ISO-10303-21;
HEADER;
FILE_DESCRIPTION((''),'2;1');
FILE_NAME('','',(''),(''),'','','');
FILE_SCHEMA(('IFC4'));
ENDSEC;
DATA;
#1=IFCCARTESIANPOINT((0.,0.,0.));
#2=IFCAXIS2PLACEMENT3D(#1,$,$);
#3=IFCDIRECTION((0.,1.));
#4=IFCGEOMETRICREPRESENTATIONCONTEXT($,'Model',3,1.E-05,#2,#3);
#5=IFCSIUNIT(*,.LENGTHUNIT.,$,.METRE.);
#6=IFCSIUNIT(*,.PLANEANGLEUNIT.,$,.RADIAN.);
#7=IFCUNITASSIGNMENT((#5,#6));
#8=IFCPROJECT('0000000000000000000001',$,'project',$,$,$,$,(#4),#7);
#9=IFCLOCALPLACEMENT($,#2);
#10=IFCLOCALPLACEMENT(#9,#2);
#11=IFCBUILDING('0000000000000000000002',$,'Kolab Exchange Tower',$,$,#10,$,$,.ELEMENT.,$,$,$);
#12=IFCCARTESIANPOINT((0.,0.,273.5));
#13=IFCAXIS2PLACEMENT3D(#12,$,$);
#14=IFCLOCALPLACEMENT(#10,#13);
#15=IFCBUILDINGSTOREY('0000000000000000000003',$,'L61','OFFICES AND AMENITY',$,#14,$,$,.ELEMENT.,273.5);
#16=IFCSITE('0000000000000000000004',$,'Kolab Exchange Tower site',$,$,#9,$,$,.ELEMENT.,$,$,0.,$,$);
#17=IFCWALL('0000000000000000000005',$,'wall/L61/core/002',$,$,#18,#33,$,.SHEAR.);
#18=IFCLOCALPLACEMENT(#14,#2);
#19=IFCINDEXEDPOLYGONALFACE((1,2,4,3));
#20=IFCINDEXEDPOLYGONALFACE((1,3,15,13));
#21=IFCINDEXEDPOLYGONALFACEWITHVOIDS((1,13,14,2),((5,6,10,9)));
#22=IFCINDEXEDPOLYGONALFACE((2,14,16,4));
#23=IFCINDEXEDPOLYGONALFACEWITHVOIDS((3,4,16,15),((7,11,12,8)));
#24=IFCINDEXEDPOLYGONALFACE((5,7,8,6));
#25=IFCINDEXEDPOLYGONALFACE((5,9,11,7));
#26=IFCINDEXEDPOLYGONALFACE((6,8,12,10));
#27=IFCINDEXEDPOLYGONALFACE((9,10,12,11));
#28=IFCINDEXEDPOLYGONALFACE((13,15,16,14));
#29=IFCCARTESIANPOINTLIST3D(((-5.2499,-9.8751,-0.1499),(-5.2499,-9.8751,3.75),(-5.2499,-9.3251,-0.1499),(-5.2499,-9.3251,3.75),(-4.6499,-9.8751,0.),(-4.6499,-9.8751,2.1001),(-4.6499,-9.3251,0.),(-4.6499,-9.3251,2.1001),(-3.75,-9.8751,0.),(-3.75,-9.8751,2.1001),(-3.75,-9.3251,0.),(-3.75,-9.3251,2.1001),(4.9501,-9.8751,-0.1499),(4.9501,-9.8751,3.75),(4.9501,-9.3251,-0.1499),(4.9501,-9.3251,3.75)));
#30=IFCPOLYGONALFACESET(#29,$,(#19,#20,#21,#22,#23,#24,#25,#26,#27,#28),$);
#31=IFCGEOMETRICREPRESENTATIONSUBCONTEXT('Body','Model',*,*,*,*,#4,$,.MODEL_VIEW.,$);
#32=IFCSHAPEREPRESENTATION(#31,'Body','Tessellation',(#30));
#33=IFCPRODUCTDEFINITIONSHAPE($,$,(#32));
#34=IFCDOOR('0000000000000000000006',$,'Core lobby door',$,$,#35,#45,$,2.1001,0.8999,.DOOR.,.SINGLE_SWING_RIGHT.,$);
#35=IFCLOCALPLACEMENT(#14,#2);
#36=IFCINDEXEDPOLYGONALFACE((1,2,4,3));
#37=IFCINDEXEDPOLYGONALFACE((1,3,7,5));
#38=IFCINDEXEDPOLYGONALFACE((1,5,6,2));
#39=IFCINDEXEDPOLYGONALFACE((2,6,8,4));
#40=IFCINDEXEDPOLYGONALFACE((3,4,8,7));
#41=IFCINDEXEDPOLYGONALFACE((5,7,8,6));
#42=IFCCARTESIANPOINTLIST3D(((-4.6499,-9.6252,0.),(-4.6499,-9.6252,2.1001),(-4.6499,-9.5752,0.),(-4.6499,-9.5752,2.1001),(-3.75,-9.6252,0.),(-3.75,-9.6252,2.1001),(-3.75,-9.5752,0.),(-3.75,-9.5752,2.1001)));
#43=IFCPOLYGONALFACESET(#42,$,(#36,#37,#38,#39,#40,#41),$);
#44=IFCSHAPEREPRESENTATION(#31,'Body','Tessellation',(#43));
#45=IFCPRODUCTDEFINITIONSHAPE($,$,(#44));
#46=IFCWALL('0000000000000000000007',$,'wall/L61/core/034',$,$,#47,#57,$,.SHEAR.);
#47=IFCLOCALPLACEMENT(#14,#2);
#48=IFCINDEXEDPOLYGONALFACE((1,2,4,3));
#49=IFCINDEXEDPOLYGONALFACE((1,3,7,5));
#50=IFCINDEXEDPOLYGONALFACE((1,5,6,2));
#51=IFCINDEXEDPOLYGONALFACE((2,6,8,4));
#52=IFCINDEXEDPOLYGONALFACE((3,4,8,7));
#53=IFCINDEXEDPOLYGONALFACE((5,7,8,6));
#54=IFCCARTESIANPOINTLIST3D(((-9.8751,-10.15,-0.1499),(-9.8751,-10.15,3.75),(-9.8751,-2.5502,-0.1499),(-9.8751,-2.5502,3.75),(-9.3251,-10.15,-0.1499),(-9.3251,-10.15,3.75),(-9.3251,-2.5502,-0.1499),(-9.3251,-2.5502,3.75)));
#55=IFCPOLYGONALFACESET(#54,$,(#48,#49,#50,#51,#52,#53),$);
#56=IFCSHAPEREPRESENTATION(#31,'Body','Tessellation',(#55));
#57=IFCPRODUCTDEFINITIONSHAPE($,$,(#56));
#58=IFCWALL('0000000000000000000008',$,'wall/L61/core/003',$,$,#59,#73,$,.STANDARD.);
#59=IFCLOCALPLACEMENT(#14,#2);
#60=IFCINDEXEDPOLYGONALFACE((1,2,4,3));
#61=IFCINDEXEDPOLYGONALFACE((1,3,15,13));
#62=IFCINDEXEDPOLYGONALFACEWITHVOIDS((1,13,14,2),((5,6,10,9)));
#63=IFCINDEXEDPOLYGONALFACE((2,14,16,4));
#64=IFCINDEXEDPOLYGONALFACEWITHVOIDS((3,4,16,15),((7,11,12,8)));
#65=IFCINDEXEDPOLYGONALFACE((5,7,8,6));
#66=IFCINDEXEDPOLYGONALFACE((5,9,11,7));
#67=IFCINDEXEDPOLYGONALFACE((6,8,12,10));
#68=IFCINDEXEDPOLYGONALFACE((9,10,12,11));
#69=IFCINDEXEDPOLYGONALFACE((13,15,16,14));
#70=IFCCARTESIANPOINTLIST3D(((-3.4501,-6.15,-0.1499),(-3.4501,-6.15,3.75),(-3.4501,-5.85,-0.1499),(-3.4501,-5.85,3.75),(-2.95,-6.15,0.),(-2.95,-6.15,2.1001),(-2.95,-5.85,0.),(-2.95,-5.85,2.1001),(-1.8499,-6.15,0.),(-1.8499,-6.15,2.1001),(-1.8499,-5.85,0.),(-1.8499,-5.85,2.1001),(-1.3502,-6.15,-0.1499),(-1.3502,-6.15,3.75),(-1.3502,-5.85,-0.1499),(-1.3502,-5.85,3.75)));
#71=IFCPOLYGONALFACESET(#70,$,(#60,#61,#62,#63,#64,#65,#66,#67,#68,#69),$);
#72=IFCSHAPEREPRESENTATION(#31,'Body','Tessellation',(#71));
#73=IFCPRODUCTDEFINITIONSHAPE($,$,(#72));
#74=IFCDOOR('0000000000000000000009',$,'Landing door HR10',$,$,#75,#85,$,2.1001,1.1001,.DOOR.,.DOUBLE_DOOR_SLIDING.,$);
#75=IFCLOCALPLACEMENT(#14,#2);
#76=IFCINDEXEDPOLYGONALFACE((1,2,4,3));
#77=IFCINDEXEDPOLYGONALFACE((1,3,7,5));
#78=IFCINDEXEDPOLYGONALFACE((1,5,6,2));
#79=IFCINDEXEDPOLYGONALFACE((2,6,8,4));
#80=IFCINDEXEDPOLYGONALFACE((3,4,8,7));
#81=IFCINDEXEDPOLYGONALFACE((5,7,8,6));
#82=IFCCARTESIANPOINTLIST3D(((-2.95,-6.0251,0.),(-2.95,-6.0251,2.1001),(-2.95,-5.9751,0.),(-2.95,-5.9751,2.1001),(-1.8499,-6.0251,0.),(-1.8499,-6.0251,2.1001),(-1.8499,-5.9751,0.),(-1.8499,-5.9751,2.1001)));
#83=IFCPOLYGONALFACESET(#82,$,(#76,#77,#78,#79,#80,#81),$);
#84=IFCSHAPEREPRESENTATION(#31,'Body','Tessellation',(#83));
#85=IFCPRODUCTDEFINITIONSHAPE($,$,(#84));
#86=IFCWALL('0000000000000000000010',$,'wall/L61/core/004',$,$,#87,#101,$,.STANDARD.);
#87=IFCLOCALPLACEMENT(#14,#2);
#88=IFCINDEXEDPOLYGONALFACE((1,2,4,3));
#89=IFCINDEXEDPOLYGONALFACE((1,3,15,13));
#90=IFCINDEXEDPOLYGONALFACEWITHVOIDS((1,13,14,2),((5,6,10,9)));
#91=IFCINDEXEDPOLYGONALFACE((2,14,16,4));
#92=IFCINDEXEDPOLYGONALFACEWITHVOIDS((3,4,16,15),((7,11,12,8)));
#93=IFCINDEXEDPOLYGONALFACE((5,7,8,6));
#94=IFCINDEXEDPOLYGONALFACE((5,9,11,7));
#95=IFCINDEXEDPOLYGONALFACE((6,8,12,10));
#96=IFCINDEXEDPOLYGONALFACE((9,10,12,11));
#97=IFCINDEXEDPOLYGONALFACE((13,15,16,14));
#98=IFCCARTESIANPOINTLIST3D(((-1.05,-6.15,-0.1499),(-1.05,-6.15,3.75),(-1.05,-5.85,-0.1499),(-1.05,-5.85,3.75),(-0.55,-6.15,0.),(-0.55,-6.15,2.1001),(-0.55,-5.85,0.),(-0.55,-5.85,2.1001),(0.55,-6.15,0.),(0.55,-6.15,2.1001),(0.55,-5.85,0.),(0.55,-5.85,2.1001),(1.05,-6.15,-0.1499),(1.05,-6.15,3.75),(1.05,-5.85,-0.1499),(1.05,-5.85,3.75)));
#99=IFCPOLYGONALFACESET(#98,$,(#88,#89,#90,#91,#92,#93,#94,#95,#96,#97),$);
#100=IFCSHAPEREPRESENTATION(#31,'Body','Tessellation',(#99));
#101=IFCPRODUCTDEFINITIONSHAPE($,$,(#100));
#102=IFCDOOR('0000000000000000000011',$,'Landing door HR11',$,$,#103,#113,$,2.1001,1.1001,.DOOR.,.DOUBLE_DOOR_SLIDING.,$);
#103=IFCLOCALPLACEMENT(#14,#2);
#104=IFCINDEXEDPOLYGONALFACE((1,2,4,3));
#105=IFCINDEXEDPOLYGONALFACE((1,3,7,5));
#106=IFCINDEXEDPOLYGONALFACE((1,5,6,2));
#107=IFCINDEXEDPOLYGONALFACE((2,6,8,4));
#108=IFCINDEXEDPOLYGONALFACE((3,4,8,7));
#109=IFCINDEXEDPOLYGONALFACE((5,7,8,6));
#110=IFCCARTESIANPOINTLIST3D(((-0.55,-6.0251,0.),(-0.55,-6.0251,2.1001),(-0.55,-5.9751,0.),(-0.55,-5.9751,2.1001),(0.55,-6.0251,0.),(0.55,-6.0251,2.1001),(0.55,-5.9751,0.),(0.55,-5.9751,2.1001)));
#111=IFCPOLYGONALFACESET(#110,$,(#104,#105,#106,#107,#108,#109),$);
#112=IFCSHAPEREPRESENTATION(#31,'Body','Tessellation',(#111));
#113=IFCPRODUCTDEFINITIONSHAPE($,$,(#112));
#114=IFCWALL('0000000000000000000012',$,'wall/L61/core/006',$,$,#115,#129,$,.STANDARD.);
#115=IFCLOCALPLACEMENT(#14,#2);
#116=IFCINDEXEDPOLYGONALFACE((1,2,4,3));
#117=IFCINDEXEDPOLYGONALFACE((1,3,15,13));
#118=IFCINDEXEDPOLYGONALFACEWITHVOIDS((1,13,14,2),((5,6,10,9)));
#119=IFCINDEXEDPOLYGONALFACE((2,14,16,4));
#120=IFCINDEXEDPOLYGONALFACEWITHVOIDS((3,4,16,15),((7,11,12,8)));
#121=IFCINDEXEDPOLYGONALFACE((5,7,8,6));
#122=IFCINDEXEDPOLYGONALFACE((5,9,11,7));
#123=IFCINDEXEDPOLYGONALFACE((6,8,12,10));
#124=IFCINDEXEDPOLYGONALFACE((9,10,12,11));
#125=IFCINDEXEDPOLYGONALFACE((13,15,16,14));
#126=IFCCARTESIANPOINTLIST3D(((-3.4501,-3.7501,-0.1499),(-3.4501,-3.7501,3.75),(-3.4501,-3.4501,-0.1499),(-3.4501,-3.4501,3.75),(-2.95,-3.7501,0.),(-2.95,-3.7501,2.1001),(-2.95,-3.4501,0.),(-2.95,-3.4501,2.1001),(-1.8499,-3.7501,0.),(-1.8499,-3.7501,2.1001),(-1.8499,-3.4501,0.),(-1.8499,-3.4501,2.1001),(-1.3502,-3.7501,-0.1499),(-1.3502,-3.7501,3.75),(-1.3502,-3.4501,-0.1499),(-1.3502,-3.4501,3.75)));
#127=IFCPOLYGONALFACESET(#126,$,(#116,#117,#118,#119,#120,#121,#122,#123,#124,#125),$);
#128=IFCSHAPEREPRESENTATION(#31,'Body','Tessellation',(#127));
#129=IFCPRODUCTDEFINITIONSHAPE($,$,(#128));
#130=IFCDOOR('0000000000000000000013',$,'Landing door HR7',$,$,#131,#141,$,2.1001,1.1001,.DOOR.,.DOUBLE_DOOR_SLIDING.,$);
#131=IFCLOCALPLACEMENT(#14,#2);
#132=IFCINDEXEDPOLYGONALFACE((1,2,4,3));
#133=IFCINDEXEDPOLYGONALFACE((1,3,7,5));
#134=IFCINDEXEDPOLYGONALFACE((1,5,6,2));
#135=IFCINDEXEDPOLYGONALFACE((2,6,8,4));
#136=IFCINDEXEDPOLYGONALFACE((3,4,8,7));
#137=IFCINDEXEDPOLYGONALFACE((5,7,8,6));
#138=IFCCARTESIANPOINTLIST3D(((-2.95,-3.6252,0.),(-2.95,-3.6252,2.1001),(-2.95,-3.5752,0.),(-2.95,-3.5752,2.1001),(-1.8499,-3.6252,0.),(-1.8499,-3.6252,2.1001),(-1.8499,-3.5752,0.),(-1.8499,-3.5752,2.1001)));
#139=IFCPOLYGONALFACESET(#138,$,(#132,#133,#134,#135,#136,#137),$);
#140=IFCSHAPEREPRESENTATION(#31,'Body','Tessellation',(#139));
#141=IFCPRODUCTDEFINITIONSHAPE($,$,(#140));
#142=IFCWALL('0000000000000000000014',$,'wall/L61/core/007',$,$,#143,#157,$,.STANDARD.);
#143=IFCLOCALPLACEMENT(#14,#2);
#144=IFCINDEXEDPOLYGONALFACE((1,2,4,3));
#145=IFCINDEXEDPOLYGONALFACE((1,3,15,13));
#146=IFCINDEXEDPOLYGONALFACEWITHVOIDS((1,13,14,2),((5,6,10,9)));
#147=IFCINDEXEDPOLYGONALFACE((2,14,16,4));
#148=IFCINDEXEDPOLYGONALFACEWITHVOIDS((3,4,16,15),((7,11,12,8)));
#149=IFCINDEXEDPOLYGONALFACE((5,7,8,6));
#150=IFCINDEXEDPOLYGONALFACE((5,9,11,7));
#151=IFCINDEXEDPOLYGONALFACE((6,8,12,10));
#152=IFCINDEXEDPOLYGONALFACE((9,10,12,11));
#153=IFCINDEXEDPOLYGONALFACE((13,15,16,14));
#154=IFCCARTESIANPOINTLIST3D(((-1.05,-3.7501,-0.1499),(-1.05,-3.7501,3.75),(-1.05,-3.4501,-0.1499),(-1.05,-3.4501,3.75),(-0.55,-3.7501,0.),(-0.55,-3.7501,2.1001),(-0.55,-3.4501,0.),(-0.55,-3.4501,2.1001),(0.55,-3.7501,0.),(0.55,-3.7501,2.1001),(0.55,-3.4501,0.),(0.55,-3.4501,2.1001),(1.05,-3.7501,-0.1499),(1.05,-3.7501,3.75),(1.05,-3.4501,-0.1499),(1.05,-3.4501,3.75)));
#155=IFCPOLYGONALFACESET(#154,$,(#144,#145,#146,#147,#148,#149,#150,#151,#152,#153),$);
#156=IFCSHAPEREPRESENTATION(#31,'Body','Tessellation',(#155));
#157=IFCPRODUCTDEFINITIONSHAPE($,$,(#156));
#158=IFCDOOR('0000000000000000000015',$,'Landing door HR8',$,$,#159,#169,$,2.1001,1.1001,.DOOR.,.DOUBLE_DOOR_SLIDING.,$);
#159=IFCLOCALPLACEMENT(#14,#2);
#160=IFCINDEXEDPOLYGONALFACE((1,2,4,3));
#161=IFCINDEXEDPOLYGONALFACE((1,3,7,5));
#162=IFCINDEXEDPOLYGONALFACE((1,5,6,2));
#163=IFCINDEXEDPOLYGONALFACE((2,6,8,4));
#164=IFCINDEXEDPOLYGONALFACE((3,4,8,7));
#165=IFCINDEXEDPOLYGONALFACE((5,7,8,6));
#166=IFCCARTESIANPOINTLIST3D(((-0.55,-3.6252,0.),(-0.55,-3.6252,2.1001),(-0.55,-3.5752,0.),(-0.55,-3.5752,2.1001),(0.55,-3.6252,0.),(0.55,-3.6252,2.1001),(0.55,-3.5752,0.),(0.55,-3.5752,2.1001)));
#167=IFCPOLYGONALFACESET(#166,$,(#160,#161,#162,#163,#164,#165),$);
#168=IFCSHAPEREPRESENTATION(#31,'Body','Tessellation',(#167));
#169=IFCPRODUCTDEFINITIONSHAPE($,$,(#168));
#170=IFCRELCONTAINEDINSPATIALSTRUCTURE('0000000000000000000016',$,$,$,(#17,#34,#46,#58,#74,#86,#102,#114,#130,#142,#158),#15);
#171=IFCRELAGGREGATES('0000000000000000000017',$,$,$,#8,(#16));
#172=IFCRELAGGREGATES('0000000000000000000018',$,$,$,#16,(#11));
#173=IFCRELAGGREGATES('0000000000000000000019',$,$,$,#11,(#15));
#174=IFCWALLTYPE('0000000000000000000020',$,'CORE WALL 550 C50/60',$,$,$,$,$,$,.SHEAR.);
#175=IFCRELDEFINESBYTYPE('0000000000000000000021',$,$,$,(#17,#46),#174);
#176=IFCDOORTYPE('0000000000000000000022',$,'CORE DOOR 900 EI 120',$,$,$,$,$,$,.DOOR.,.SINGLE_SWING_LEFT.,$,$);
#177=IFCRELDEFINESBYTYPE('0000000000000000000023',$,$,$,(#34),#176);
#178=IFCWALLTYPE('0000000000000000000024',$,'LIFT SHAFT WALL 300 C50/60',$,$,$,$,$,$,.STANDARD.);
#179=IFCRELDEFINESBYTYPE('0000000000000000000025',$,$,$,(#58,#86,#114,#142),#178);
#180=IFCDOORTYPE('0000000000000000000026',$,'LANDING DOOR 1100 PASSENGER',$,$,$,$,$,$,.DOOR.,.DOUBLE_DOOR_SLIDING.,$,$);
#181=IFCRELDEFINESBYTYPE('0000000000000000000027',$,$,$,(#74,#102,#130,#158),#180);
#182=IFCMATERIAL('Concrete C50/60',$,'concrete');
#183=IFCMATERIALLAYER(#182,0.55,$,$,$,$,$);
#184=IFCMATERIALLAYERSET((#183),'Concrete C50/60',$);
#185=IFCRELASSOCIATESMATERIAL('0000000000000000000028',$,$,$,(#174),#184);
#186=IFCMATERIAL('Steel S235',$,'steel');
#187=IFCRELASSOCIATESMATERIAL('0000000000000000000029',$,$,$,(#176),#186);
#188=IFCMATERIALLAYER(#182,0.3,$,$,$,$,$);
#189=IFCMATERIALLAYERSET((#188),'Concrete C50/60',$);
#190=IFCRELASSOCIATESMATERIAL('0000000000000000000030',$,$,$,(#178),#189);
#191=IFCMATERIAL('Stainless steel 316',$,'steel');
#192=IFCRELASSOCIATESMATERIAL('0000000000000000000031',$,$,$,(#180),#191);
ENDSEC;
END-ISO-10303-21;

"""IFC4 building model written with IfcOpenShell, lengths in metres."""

from ifc_helpers import new_model, si_unit, direction, frame, frame_2d, origin, place, context, subcontext, project, spatial, rectangle, extrude, material, layer, layer_set, type_object, element, fill, save


model = new_model("IFC4")

# Units and contexts
model_context = context("Model", 3, precision=1e-05, world=origin(), true_north=direction((0.0, 1.0)))
body_context = subcontext(model_context, "Body", "Model", "MODEL_VIEW")
ifc_project = project(units=[si_unit("LENGTHUNIT", "METRE"), si_unit("PLANEANGLEUNIT", "RADIAN")], contexts=[model_context])

# Site, building, storey
site_placement = place(None, origin())
site = spatial("IfcSite", under=ifc_project, at=site_placement, Name="Kolab Exchange Tower site", CompositionType="ELEMENT", RefElevation=0.0)
building_placement = place(site_placement, origin())
building = spatial("IfcBuilding", under=site, at=building_placement, Name="Kolab Exchange Tower", CompositionType="ELEMENT")
storey_placement = place(building_placement, frame((0.0, 0.0, 273.5)))
storey = spatial("IfcBuildingStorey", under=building, at=storey_placement, Name="L61", Description="OFFICES AND AMENITY", CompositionType="ELEMENT", Elevation=273.5)

# Wall, opening, door
ifc_material_1 = material(Name="Concrete C50/60", Category="concrete")
ifc_layer_1 = layer(ifc_material_1, 0.55)
ifc_layer_set_1 = layer_set([ifc_layer_1], Name="Concrete C50/60")
wall_type_1 = type_object("IfcWallType", Name="CORE WALL 550 C50/60", PredefinedType="SHEAR", material=ifc_layer_set_1)
wall_1_placement = place(storey_placement, frame((-5.25, -9.6001, -0.1499), z_axis=(0.0, 0.0, 1.0), x_axis=(1.0, 0.0, 0.0)))
wall_1 = element("IfcWall", 1, at=wall_1_placement, inside=storey, type_object=wall_type_1, Name="wall/L61/core/002", PredefinedType="SHEAR", context=body_context, shape_type="SweptSolid", body=[
    extrude(rectangle(XDim=10.2, YDim=0.55, at=frame_2d((5.1001, 0.0))), origin(), (0.0, 0.0, 1.0), 3.8999),
])
opening_1_placement = place(wall_1_placement, frame((0.6001, 0.0, 0.1499)))
opening_1 = element("IfcOpeningElement", 2, at=opening_1_placement, cuts=wall_1, PredefinedType="OPENING", context=body_context, shape_type="SweptSolid", body=[
    extrude(rectangle(XDim=0.8999, YDim=2.1001, at=frame_2d((0.45, 1.05))), frame((0.0, 0.2852, 0.0), z_axis=(0.0, -1.0, 0.0), x_axis=(1.0, 0.0, 0.0)), (0.0, 0.0, 1.0), 0.5701),
])
ifc_material_2 = material(Name="Steel S235", Category="steel")
door_type_1 = type_object("IfcDoorType", Name="CORE DOOR 900 EI 120", OperationType="SINGLE_SWING_LEFT", PredefinedType="DOOR", material=ifc_material_2)
door_1_placement = place(opening_1_placement, origin())
door_1 = element("IfcDoor", 3, at=door_1_placement, inside=storey, type_object=door_type_1, Name="Core lobby door", OperationType="SINGLE_SWING_RIGHT", OverallHeight=2.1001, OverallWidth=0.8999, PredefinedType="DOOR", context=body_context, shape_type="SweptSolid", body=[
    extrude(rectangle(XDim=0.8999, YDim=2.1001, at=frame_2d((0.45, 1.05))), frame((0.0, 0.0249, 0.0), z_axis=(0.0, -1.0, 0.0), x_axis=(1.0, 0.0, 0.0)), (0.0, 0.0, 1.0), 0.05),
])
fill(opening_1, door_1)

# Wall
wall_2_placement = place(storey_placement, frame((-9.6001, -10.1499, -0.1499), z_axis=(0.0, 0.0, 1.0), x_axis=(0.0, 1.0, 0.0)))
element("IfcWall", 4, at=wall_2_placement, inside=storey, type_object=wall_type_1, Name="wall/L61/core/034", PredefinedType="SHEAR", context=body_context, shape_type="SweptSolid", body=[
    extrude(rectangle(XDim=7.5999, YDim=0.55, at=frame_2d((3.7998, 0.0))), origin(), (0.0, 0.0, 1.0), 3.8999),
])

# Walls, openings, doors
ifc_layer_2 = layer(ifc_material_1, 0.3)
ifc_layer_set_2 = layer_set([ifc_layer_2], Name="Concrete C50/60")
wall_type_2 = type_object("IfcWallType", Name="LIFT SHAFT WALL 300 C50/60", PredefinedType="STANDARD", material=ifc_layer_set_2)
wall_3_placement = place(storey_placement, frame((-3.45, -6.0, -0.1499), z_axis=(0.0, 0.0, 1.0), x_axis=(1.0, 0.0, 0.0)))
wall_3 = element("IfcWall", 5, at=wall_3_placement, inside=storey, type_object=wall_type_2, Name="wall/L61/core/003", PredefinedType="STANDARD", context=body_context, shape_type="SweptSolid", body=[
    extrude(rectangle(XDim=2.0999, YDim=0.3, at=frame_2d((1.0498, 0.0))), origin(), (0.0, 0.0, 1.0), 3.8999),
])
opening_2_placement = place(wall_3_placement, frame((0.5, 0.0, 0.1499)))
opening_2 = element("IfcOpeningElement", 6, at=opening_2_placement, cuts=wall_3, PredefinedType="OPENING", context=body_context, shape_type="SweptSolid", body=[
    extrude(rectangle(XDim=1.1001, YDim=2.1001, at=frame_2d((0.55, 1.05))), frame((0.0, 0.1602, 0.0), z_axis=(0.0, -1.0, 0.0), x_axis=(1.0, 0.0, 0.0)), (0.0, 0.0, 1.0), 0.3201),
])
ifc_material_3 = material(Name="Stainless steel 316", Category="steel")
door_type_2 = type_object("IfcDoorType", Name="LANDING DOOR 1100 PASSENGER", OperationType="DOUBLE_DOOR_SLIDING", PredefinedType="DOOR", material=ifc_material_3)
door_2_placement = place(opening_2_placement, origin())
door_2 = element("IfcDoor", 7, at=door_2_placement, inside=storey, type_object=door_type_2, Name="Landing door HR10", OperationType="DOUBLE_DOOR_SLIDING", OverallHeight=2.1001, OverallWidth=1.1001, PredefinedType="DOOR", context=body_context, shape_type="SweptSolid", body=[
    extrude(rectangle(XDim=1.1001, YDim=2.1001, at=frame_2d((0.55, 1.05))), frame((0.0, 0.0249, 0.0), z_axis=(0.0, -1.0, 0.0), x_axis=(1.0, 0.0, 0.0)), (0.0, 0.0, 1.0), 0.05),
])
fill(opening_2, door_2)
wall_4_placement = place(storey_placement, frame((-1.05, -6.0, -0.1499), z_axis=(0.0, 0.0, 1.0), x_axis=(1.0, 0.0, 0.0)))
wall_4 = element("IfcWall", 8, at=wall_4_placement, inside=storey, type_object=wall_type_2, Name="wall/L61/core/004", PredefinedType="STANDARD", context=body_context, shape_type="SweptSolid", body=[
    extrude(rectangle(XDim=2.1001, YDim=0.3, at=frame_2d((1.05, 0.0))), origin(), (0.0, 0.0, 1.0), 3.8999),
])
opening_3_placement = place(wall_4_placement, frame((0.5, 0.0, 0.1499)))
opening_3 = element("IfcOpeningElement", 9, at=opening_3_placement, cuts=wall_4, PredefinedType="OPENING", context=body_context, shape_type="SweptSolid", body=[
    extrude(rectangle(XDim=1.1001, YDim=2.1001, at=frame_2d((0.55, 1.05))), frame((0.0, 0.1602, 0.0), z_axis=(0.0, -1.0, 0.0), x_axis=(1.0, 0.0, 0.0)), (0.0, 0.0, 1.0), 0.3201),
])
door_3_placement = place(opening_3_placement, origin())
door_3 = element("IfcDoor", 10, at=door_3_placement, inside=storey, type_object=door_type_2, Name="Landing door HR11", OperationType="DOUBLE_DOOR_SLIDING", OverallHeight=2.1001, OverallWidth=1.1001, PredefinedType="DOOR", context=body_context, shape_type="SweptSolid", body=[
    extrude(rectangle(XDim=1.1001, YDim=2.1001, at=frame_2d((0.55, 1.05))), frame((0.0, 0.0249, 0.0), z_axis=(0.0, -1.0, 0.0), x_axis=(1.0, 0.0, 0.0)), (0.0, 0.0, 1.0), 0.05),
])
fill(opening_3, door_3)
wall_5_placement = place(storey_placement, frame((-3.45, -3.6001, -0.1499), z_axis=(0.0, 0.0, 1.0), x_axis=(1.0, 0.0, 0.0)))
wall_5 = element("IfcWall", 11, at=wall_5_placement, inside=storey, type_object=wall_type_2, Name="wall/L61/core/006", PredefinedType="STANDARD", context=body_context, shape_type="SweptSolid", body=[
    extrude(rectangle(XDim=2.0999, YDim=0.3, at=frame_2d((1.0498, 0.0))), origin(), (0.0, 0.0, 1.0), 3.8999),
])
opening_4_placement = place(wall_5_placement, frame((0.5, 0.0, 0.1499)))
opening_4 = element("IfcOpeningElement", 12, at=opening_4_placement, cuts=wall_5, PredefinedType="OPENING", context=body_context, shape_type="SweptSolid", body=[
    extrude(rectangle(XDim=1.1001, YDim=2.1001, at=frame_2d((0.55, 1.05))), frame((0.0, 0.1602, 0.0), z_axis=(0.0, -1.0, 0.0), x_axis=(1.0, 0.0, 0.0)), (0.0, 0.0, 1.0), 0.3201),
])
door_4_placement = place(opening_4_placement, origin())
door_4 = element("IfcDoor", 13, at=door_4_placement, inside=storey, type_object=door_type_2, Name="Landing door HR7", OperationType="DOUBLE_DOOR_SLIDING", OverallHeight=2.1001, OverallWidth=1.1001, PredefinedType="DOOR", context=body_context, shape_type="SweptSolid", body=[
    extrude(rectangle(XDim=1.1001, YDim=2.1001, at=frame_2d((0.55, 1.05))), frame((0.0, 0.0249, 0.0), z_axis=(0.0, -1.0, 0.0), x_axis=(1.0, 0.0, 0.0)), (0.0, 0.0, 1.0), 0.05),
])
fill(opening_4, door_4)
wall_6_placement = place(storey_placement, frame((-1.05, -3.6001, -0.1499), z_axis=(0.0, 0.0, 1.0), x_axis=(1.0, 0.0, 0.0)))
wall_6 = element("IfcWall", 14, at=wall_6_placement, inside=storey, type_object=wall_type_2, Name="wall/L61/core/007", PredefinedType="STANDARD", context=body_context, shape_type="SweptSolid", body=[
    extrude(rectangle(XDim=2.1001, YDim=0.3, at=frame_2d((1.05, 0.0))), origin(), (0.0, 0.0, 1.0), 3.8999),
])
opening_5_placement = place(wall_6_placement, frame((0.5, 0.0, 0.1499)))
opening_5 = element("IfcOpeningElement", 15, at=opening_5_placement, cuts=wall_6, PredefinedType="OPENING", context=body_context, shape_type="SweptSolid", body=[
    extrude(rectangle(XDim=1.1001, YDim=2.1001, at=frame_2d((0.55, 1.05))), frame((0.0, 0.1602, 0.0), z_axis=(0.0, -1.0, 0.0), x_axis=(1.0, 0.0, 0.0)), (0.0, 0.0, 1.0), 0.3201),
])
door_5_placement = place(opening_5_placement, origin())
door_5 = element("IfcDoor", 16, at=door_5_placement, inside=storey, type_object=door_type_2, Name="Landing door HR8", OperationType="DOUBLE_DOOR_SLIDING", OverallHeight=2.1001, OverallWidth=1.1001, PredefinedType="DOOR", context=body_context, shape_type="SweptSolid", body=[
    extrude(rectangle(XDim=1.1001, YDim=2.1001, at=frame_2d((0.55, 1.05))), frame((0.0, 0.0249, 0.0), z_axis=(0.0, -1.0, 0.0), x_axis=(1.0, 0.0, 0.0)), (0.0, 0.0, 1.0), 0.05),
])
fill(opening_5, door_5)

save(model, "model.ifc")
